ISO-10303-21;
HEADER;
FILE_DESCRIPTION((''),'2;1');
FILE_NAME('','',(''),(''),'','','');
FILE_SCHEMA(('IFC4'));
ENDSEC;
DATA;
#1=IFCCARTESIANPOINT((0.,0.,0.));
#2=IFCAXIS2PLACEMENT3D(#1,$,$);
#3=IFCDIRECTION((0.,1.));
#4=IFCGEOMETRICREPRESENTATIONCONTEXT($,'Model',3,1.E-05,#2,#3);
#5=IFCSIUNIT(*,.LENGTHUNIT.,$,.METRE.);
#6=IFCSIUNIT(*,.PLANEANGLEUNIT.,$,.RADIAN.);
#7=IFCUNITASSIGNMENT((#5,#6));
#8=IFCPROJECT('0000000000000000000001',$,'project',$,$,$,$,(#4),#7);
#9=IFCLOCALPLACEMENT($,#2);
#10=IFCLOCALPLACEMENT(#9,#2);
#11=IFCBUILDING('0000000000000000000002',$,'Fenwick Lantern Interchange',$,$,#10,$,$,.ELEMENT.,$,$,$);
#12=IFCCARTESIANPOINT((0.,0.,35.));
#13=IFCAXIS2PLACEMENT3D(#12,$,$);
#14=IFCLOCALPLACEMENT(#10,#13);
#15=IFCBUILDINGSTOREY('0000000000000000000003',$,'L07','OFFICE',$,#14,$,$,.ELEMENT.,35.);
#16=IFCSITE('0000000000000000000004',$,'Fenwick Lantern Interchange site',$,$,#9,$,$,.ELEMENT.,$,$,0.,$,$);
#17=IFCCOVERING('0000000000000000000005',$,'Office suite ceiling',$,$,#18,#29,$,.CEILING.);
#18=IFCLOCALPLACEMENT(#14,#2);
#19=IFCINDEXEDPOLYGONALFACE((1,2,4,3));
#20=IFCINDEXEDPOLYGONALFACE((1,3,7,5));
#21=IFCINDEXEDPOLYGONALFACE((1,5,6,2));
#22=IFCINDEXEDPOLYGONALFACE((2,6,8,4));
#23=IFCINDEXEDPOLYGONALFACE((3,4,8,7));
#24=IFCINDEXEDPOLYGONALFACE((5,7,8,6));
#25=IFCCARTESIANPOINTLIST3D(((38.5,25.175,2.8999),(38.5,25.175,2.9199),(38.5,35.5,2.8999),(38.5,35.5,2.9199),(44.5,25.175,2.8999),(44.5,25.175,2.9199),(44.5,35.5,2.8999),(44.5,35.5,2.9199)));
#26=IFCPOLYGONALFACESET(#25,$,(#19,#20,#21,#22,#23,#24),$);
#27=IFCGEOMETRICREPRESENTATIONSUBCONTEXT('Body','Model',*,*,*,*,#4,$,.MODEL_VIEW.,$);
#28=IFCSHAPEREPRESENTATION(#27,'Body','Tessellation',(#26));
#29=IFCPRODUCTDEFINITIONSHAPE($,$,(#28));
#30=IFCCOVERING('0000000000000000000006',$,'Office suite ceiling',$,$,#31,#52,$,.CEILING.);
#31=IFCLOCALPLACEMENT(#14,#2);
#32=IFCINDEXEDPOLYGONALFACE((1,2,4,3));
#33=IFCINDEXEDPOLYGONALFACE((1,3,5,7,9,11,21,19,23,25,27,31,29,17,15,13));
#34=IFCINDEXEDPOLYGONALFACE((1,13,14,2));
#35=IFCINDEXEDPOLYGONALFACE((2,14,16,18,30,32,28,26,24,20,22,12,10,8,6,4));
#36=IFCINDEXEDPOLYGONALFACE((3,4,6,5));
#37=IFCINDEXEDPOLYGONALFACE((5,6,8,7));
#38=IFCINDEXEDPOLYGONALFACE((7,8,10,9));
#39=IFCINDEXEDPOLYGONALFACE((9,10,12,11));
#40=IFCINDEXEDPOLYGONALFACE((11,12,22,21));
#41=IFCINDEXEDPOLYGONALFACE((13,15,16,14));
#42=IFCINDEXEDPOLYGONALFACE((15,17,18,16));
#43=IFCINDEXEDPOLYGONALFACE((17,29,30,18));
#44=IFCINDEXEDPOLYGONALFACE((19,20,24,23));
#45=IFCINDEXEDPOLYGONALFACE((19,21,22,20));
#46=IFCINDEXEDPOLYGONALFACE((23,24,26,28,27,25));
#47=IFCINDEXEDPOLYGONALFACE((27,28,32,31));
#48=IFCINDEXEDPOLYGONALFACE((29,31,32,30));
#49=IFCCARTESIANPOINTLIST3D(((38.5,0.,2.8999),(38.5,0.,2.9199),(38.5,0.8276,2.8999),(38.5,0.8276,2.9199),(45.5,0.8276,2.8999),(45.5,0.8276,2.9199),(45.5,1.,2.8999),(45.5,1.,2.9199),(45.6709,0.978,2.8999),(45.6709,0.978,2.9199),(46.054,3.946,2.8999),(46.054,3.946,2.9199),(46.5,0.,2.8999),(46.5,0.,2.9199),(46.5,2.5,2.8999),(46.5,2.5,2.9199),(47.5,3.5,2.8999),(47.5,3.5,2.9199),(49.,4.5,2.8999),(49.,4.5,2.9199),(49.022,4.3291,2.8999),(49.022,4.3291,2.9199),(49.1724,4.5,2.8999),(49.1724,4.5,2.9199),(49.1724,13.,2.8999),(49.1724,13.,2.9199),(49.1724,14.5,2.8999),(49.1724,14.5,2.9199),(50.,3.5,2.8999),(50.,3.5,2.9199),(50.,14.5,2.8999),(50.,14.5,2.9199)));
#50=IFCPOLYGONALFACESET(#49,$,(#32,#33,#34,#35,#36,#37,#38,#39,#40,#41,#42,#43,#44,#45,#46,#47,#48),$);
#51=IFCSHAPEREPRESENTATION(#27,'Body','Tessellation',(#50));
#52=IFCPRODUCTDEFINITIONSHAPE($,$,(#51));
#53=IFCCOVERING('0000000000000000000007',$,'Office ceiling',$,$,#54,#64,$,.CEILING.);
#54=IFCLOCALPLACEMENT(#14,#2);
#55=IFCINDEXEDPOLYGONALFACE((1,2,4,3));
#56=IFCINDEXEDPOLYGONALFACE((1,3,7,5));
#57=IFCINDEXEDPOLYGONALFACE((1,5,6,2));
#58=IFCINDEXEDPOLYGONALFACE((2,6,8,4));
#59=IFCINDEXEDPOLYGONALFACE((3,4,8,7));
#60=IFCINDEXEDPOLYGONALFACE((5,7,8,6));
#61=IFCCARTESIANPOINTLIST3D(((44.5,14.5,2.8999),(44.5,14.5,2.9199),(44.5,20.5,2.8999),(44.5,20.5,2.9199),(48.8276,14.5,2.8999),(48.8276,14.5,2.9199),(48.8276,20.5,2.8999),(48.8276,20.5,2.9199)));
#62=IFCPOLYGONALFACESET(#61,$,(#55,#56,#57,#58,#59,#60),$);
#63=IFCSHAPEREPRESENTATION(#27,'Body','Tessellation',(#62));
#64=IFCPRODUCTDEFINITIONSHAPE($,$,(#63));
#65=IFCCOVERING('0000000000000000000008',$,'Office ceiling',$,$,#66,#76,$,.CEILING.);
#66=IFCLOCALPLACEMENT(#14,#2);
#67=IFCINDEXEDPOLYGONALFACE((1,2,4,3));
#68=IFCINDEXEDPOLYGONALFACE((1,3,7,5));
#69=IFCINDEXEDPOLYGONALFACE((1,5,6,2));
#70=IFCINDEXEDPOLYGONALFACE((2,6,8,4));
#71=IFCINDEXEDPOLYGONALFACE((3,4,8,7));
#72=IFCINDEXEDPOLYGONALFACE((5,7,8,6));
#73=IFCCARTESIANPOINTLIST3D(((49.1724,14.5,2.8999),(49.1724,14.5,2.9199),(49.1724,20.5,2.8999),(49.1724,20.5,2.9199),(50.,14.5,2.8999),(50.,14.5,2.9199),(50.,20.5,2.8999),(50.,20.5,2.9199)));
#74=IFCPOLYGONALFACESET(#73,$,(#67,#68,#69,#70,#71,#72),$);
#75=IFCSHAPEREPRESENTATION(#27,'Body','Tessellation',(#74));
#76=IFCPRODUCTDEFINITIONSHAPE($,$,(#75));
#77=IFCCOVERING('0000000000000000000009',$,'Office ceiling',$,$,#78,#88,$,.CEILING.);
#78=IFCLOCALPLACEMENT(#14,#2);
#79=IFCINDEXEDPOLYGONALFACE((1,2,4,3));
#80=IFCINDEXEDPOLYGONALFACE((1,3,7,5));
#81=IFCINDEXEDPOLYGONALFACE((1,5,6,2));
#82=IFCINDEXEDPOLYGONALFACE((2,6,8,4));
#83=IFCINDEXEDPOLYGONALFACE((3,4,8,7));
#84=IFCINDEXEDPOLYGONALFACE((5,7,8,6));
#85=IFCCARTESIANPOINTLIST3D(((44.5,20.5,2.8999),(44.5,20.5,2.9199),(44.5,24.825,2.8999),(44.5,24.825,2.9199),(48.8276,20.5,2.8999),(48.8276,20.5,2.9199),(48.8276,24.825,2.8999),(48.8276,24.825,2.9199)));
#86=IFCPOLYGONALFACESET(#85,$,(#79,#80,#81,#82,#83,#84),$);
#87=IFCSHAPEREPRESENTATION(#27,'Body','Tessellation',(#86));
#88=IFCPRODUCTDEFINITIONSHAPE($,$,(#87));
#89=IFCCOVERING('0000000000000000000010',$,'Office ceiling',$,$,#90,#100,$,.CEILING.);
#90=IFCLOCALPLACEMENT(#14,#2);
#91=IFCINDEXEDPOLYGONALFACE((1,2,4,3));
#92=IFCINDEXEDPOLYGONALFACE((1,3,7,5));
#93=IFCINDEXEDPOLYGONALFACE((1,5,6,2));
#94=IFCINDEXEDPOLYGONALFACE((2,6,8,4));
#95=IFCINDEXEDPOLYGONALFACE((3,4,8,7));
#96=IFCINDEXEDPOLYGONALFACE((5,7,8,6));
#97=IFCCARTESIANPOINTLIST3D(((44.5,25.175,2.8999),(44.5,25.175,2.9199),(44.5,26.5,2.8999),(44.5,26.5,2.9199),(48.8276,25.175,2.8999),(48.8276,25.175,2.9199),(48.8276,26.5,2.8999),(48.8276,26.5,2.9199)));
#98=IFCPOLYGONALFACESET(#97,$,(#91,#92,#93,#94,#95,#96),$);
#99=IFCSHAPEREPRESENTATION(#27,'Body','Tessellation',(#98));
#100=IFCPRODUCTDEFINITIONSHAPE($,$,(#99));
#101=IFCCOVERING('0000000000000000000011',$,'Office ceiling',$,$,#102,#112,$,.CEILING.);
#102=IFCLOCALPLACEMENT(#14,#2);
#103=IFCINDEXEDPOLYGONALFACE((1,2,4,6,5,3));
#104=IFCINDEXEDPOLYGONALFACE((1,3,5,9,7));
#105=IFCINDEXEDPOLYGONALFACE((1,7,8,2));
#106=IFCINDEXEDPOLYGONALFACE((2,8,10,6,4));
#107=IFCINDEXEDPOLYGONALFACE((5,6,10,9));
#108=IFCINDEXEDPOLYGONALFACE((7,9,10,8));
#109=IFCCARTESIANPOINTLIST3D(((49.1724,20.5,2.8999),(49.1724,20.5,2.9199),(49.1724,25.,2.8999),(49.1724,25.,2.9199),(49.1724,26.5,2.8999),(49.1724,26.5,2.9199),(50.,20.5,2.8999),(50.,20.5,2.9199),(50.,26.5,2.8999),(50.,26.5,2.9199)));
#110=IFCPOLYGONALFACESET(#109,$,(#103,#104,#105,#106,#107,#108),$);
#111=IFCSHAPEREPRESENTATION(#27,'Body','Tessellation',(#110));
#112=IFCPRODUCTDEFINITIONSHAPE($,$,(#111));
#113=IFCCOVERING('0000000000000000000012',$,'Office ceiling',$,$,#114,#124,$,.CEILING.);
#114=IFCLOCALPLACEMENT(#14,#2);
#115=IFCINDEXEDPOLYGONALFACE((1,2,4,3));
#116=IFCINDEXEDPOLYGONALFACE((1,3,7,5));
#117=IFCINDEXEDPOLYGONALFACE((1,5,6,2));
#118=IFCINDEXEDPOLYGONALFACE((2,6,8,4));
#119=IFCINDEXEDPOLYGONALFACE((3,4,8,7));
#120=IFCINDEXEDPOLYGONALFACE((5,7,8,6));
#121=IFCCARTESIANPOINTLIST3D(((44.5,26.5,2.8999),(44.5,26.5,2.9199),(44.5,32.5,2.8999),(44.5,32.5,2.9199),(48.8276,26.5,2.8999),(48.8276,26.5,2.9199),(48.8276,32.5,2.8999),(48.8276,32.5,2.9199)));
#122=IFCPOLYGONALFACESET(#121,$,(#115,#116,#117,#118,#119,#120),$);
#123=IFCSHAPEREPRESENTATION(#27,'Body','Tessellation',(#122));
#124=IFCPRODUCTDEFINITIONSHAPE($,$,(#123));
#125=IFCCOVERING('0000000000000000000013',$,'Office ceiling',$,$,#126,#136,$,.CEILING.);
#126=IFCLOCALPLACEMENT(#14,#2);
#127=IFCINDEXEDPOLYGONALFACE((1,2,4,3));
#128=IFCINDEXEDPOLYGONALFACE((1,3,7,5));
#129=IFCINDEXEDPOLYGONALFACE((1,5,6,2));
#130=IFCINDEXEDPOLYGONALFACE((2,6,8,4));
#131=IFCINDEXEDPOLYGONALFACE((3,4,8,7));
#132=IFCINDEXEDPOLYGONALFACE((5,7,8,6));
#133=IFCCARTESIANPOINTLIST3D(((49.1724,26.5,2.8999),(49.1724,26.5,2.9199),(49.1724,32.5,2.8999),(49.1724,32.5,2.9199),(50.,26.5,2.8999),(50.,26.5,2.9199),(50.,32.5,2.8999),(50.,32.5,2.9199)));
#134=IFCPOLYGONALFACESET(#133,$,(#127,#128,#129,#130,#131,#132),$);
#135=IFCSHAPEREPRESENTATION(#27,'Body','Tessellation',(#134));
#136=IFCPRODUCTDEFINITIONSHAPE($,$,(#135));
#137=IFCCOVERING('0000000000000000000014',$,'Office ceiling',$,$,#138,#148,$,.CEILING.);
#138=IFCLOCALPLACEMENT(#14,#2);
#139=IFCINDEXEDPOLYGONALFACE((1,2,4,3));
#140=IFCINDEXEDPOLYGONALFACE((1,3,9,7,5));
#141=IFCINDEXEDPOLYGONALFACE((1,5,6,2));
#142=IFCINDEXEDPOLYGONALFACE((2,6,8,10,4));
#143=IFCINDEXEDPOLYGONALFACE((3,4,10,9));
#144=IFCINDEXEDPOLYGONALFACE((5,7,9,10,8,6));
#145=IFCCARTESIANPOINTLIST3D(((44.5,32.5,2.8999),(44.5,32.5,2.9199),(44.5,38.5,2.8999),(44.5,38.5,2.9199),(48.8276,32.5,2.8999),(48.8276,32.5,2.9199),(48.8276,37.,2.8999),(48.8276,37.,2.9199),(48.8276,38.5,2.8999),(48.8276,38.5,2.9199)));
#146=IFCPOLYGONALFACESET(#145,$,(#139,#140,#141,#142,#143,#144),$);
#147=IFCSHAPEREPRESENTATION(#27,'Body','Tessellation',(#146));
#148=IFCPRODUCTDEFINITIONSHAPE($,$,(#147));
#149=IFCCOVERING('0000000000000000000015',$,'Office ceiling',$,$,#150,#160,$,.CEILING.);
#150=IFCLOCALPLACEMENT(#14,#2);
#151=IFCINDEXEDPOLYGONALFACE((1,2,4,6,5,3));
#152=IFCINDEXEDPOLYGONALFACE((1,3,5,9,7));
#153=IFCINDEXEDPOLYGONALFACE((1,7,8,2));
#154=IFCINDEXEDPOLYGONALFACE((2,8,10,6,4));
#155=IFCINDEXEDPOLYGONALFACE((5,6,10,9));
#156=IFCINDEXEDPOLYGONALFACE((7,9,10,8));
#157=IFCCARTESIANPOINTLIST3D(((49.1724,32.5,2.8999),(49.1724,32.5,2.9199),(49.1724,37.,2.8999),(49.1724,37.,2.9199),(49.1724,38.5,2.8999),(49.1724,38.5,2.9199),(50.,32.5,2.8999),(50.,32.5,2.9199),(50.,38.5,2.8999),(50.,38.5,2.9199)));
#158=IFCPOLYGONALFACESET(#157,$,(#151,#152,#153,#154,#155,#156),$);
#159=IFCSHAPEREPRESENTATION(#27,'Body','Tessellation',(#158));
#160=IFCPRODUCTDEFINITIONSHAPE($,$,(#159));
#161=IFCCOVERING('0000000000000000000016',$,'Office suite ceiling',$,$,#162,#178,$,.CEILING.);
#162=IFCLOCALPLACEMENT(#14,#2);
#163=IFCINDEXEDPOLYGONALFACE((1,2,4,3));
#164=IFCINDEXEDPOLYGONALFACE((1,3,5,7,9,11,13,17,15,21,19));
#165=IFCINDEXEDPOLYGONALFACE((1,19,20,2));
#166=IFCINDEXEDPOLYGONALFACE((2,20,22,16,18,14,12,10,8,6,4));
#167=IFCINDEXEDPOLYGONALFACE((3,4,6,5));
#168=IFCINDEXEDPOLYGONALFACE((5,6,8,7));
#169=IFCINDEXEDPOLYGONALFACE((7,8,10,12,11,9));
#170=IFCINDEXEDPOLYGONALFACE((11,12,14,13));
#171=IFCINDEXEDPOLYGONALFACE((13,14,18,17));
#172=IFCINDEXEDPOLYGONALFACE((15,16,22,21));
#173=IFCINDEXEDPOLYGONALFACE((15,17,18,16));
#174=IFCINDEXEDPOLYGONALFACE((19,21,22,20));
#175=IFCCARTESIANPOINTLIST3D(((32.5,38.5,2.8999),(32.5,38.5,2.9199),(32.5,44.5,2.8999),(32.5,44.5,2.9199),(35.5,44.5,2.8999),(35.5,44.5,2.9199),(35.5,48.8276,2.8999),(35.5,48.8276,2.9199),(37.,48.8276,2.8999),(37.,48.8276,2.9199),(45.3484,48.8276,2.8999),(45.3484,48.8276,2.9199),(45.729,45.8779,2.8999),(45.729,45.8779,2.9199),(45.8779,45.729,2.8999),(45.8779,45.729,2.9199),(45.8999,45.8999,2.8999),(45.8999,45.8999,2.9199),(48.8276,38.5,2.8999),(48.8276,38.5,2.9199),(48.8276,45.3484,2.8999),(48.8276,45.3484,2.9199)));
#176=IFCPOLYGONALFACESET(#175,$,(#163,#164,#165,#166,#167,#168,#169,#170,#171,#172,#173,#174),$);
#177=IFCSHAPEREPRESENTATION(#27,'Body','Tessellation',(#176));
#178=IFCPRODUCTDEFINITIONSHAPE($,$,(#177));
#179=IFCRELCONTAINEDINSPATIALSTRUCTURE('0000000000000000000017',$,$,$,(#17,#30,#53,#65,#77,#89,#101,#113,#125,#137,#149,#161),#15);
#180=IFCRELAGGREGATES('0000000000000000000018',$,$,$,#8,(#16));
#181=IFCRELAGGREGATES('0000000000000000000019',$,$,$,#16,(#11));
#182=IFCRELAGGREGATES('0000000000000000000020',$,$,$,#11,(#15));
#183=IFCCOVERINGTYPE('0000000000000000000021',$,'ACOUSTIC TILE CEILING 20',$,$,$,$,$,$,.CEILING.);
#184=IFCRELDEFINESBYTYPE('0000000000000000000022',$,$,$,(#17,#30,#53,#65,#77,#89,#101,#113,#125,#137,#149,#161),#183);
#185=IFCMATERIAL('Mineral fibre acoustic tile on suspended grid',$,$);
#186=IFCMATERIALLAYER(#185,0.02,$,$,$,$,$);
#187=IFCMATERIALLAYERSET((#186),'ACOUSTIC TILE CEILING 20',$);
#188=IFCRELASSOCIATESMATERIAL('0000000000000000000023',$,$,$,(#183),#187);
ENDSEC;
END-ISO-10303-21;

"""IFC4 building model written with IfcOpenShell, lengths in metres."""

from ifc_helpers import new_model, si_unit, direction, frame, origin, place, context, subcontext, project, spatial, polyline, outline, extrude, material, layer, layer_set, type_object, element, save


model = new_model("IFC4")

# Units and contexts
model_context = context("Model", 3, precision=1e-05, world=origin(), true_north=direction((0.0, 1.0)))
body_context = subcontext(model_context, "Body", "Model", "MODEL_VIEW")
ifc_project = project(units=[si_unit("LENGTHUNIT", "METRE"), si_unit("PLANEANGLEUNIT", "RADIAN")], contexts=[model_context])

# Site, building, storey
site_placement = place(None, origin())
site = spatial("IfcSite", under=ifc_project, at=site_placement, Name="Fenwick Lantern Interchange site", CompositionType="ELEMENT", RefElevation=0.0)
building_placement = place(site_placement, origin())
building = spatial("IfcBuilding", under=site, at=building_placement, Name="Fenwick Lantern Interchange", CompositionType="ELEMENT")
storey_placement = place(building_placement, frame((0.0, 0.0, 35.0)))
storey = spatial("IfcBuildingStorey", under=building, at=storey_placement, Name="L07", Description="OFFICE", CompositionType="ELEMENT", Elevation=35.0)

# Coverings
ifc_material = material(Name="Mineral fibre acoustic tile on suspended grid")
ifc_layer = layer(ifc_material, 0.02)
ifc_layer_set = layer_set([ifc_layer], Name="ACOUSTIC TILE CEILING 20")
covering_type = type_object("IfcCoveringType", Name="ACOUSTIC TILE CEILING 20", PredefinedType="CEILING", material=ifc_layer_set)
covering_1_placement = place(storey_placement, frame((0.0, 0.0, 2.8999)))
element("IfcCovering", 1, at=covering_1_placement, inside=storey, type_object=covering_type, Name="Office suite ceiling", PredefinedType="CEILING", context=body_context, shape_type="SweptSolid", body=[
    extrude(outline(polyline([(38.5, 35.5), (38.5, 25.175), (44.5, 25.175), (44.5, 35.5), (38.5, 35.5)])), origin(), (0.0, 0.0, 1.0), 0.02),
])
covering_2_placement = place(storey_placement, frame((0.0, 0.0, 2.8999)))
element("IfcCovering", 2, at=covering_2_placement, inside=storey, type_object=covering_type, Name="Office suite ceiling", PredefinedType="CEILING", context=body_context, shape_type="SweptSolid", body=[
    extrude(outline(polyline([(38.5, 0.0), (46.5, 0.0), (46.5, 2.5), (47.5, 3.5), (50.0, 3.5), (50.0, 14.5), (49.1724, 14.5), (49.1724, 13.0), (49.1724, 4.5), (49.0, 4.5), (49.022, 4.3291), (46.054, 3.946), (45.6709, 0.978), (45.5, 1.0), (45.5, 0.8276), (38.5, 0.8276), (38.5, 0.0)])), origin(), (0.0, 0.0, 1.0), 0.02),
])
covering_3_placement = place(storey_placement, frame((0.0, 0.0, 2.8999)))
element("IfcCovering", 3, at=covering_3_placement, inside=storey, type_object=covering_type, Name="Office ceiling", PredefinedType="CEILING", context=body_context, shape_type="SweptSolid", body=[
    extrude(outline(polyline([(44.5, 14.5), (48.8276, 14.5), (48.8276, 20.5), (44.5, 20.5), (44.5, 14.5)])), origin(), (0.0, 0.0, 1.0), 0.02),
])
covering_4_placement = place(storey_placement, frame((0.0, 0.0, 2.8999)))
element("IfcCovering", 4, at=covering_4_placement, inside=storey, type_object=covering_type, Name="Office ceiling", PredefinedType="CEILING", context=body_context, shape_type="SweptSolid", body=[
    extrude(outline(polyline([(50.0, 20.5), (49.1724, 20.5), (49.1724, 14.5), (50.0, 14.5), (50.0, 20.5)])), origin(), (0.0, 0.0, 1.0), 0.02),
])
covering_5_placement = place(storey_placement, frame((0.0, 0.0, 2.8999)))
element("IfcCovering", 5, at=covering_5_placement, inside=storey, type_object=covering_type, Name="Office ceiling", PredefinedType="CEILING", context=body_context, shape_type="SweptSolid", body=[
    extrude(outline(polyline([(44.5, 20.5), (48.8276, 20.5), (48.8276, 24.825), (44.5, 24.825), (44.5, 20.5)])), origin(), (0.0, 0.0, 1.0), 0.02),
])
covering_6_placement = place(storey_placement, frame((0.0, 0.0, 2.8999)))
element("IfcCovering", 6, at=covering_6_placement, inside=storey, type_object=covering_type, Name="Office ceiling", PredefinedType="CEILING", context=body_context, shape_type="SweptSolid", body=[
    extrude(outline(polyline([(44.5, 26.5), (44.5, 25.175), (48.8276, 25.175), (48.8276, 26.5), (44.5, 26.5)])), origin(), (0.0, 0.0, 1.0), 0.02),
])
covering_7_placement = place(storey_placement, frame((0.0, 0.0, 2.8999)))
element("IfcCovering", 7, at=covering_7_placement, inside=storey, type_object=covering_type, Name="Office ceiling", PredefinedType="CEILING", context=body_context, shape_type="SweptSolid", body=[
    extrude(outline(polyline([(50.0, 26.5), (49.1724, 26.5), (49.1724, 25.0), (49.1724, 20.5), (50.0, 20.5), (50.0, 26.5)])), origin(), (0.0, 0.0, 1.0), 0.02),
])
covering_8_placement = place(storey_placement, frame((0.0, 0.0, 2.8999)))
element("IfcCovering", 8, at=covering_8_placement, inside=storey, type_object=covering_type, Name="Office ceiling", PredefinedType="CEILING", context=body_context, shape_type="SweptSolid", body=[
    extrude(outline(polyline([(44.5, 26.5), (48.8276, 26.5), (48.8276, 32.5), (44.5, 32.5), (44.5, 26.5)])), origin(), (0.0, 0.0, 1.0), 0.02),
])
covering_9_placement = place(storey_placement, frame((0.0, 0.0, 2.8999)))
element("IfcCovering", 9, at=covering_9_placement, inside=storey, type_object=covering_type, Name="Office ceiling", PredefinedType="CEILING", context=body_context, shape_type="SweptSolid", body=[
    extrude(outline(polyline([(50.0, 32.5), (49.1724, 32.5), (49.1724, 26.5), (50.0, 26.5), (50.0, 32.5)])), origin(), (0.0, 0.0, 1.0), 0.02),
])
covering_10_placement = place(storey_placement, frame((0.0, 0.0, 2.8999)))
element("IfcCovering", 10, at=covering_10_placement, inside=storey, type_object=covering_type, Name="Office ceiling", PredefinedType="CEILING", context=body_context, shape_type="SweptSolid", body=[
    extrude(outline(polyline([(44.5, 32.5), (48.8276, 32.5), (48.8276, 37.0), (48.8276, 38.5), (44.5, 38.5), (44.5, 32.5)])), origin(), (0.0, 0.0, 1.0), 0.02),
])
covering_11_placement = place(storey_placement, frame((0.0, 0.0, 2.8999)))
element("IfcCovering", 11, at=covering_11_placement, inside=storey, type_object=covering_type, Name="Office ceiling", PredefinedType="CEILING", context=body_context, shape_type="SweptSolid", body=[
    extrude(outline(polyline([(50.0, 38.5), (49.1724, 38.5), (49.1724, 37.0), (49.1724, 32.5), (50.0, 32.5), (50.0, 38.5)])), origin(), (0.0, 0.0, 1.0), 0.02),
])
covering_12_placement = place(storey_placement, frame((0.0, 0.0, 2.8999)))
element("IfcCovering", 12, at=covering_12_placement, inside=storey, type_object=covering_type, Name="Office suite ceiling", PredefinedType="CEILING", context=body_context, shape_type="SweptSolid", body=[
    extrude(outline(polyline([(32.5, 38.5), (48.8276, 38.5), (48.8276, 45.3484), (45.8779, 45.729), (45.8999, 45.8999), (45.729, 45.8779), (45.3484, 48.8276), (37.0, 48.8276), (35.5, 48.8276), (35.5, 44.5), (32.5, 44.5), (32.5, 38.5)])), origin(), (0.0, 0.0, 1.0), 0.02),
])

save(model, "model.ifc")
